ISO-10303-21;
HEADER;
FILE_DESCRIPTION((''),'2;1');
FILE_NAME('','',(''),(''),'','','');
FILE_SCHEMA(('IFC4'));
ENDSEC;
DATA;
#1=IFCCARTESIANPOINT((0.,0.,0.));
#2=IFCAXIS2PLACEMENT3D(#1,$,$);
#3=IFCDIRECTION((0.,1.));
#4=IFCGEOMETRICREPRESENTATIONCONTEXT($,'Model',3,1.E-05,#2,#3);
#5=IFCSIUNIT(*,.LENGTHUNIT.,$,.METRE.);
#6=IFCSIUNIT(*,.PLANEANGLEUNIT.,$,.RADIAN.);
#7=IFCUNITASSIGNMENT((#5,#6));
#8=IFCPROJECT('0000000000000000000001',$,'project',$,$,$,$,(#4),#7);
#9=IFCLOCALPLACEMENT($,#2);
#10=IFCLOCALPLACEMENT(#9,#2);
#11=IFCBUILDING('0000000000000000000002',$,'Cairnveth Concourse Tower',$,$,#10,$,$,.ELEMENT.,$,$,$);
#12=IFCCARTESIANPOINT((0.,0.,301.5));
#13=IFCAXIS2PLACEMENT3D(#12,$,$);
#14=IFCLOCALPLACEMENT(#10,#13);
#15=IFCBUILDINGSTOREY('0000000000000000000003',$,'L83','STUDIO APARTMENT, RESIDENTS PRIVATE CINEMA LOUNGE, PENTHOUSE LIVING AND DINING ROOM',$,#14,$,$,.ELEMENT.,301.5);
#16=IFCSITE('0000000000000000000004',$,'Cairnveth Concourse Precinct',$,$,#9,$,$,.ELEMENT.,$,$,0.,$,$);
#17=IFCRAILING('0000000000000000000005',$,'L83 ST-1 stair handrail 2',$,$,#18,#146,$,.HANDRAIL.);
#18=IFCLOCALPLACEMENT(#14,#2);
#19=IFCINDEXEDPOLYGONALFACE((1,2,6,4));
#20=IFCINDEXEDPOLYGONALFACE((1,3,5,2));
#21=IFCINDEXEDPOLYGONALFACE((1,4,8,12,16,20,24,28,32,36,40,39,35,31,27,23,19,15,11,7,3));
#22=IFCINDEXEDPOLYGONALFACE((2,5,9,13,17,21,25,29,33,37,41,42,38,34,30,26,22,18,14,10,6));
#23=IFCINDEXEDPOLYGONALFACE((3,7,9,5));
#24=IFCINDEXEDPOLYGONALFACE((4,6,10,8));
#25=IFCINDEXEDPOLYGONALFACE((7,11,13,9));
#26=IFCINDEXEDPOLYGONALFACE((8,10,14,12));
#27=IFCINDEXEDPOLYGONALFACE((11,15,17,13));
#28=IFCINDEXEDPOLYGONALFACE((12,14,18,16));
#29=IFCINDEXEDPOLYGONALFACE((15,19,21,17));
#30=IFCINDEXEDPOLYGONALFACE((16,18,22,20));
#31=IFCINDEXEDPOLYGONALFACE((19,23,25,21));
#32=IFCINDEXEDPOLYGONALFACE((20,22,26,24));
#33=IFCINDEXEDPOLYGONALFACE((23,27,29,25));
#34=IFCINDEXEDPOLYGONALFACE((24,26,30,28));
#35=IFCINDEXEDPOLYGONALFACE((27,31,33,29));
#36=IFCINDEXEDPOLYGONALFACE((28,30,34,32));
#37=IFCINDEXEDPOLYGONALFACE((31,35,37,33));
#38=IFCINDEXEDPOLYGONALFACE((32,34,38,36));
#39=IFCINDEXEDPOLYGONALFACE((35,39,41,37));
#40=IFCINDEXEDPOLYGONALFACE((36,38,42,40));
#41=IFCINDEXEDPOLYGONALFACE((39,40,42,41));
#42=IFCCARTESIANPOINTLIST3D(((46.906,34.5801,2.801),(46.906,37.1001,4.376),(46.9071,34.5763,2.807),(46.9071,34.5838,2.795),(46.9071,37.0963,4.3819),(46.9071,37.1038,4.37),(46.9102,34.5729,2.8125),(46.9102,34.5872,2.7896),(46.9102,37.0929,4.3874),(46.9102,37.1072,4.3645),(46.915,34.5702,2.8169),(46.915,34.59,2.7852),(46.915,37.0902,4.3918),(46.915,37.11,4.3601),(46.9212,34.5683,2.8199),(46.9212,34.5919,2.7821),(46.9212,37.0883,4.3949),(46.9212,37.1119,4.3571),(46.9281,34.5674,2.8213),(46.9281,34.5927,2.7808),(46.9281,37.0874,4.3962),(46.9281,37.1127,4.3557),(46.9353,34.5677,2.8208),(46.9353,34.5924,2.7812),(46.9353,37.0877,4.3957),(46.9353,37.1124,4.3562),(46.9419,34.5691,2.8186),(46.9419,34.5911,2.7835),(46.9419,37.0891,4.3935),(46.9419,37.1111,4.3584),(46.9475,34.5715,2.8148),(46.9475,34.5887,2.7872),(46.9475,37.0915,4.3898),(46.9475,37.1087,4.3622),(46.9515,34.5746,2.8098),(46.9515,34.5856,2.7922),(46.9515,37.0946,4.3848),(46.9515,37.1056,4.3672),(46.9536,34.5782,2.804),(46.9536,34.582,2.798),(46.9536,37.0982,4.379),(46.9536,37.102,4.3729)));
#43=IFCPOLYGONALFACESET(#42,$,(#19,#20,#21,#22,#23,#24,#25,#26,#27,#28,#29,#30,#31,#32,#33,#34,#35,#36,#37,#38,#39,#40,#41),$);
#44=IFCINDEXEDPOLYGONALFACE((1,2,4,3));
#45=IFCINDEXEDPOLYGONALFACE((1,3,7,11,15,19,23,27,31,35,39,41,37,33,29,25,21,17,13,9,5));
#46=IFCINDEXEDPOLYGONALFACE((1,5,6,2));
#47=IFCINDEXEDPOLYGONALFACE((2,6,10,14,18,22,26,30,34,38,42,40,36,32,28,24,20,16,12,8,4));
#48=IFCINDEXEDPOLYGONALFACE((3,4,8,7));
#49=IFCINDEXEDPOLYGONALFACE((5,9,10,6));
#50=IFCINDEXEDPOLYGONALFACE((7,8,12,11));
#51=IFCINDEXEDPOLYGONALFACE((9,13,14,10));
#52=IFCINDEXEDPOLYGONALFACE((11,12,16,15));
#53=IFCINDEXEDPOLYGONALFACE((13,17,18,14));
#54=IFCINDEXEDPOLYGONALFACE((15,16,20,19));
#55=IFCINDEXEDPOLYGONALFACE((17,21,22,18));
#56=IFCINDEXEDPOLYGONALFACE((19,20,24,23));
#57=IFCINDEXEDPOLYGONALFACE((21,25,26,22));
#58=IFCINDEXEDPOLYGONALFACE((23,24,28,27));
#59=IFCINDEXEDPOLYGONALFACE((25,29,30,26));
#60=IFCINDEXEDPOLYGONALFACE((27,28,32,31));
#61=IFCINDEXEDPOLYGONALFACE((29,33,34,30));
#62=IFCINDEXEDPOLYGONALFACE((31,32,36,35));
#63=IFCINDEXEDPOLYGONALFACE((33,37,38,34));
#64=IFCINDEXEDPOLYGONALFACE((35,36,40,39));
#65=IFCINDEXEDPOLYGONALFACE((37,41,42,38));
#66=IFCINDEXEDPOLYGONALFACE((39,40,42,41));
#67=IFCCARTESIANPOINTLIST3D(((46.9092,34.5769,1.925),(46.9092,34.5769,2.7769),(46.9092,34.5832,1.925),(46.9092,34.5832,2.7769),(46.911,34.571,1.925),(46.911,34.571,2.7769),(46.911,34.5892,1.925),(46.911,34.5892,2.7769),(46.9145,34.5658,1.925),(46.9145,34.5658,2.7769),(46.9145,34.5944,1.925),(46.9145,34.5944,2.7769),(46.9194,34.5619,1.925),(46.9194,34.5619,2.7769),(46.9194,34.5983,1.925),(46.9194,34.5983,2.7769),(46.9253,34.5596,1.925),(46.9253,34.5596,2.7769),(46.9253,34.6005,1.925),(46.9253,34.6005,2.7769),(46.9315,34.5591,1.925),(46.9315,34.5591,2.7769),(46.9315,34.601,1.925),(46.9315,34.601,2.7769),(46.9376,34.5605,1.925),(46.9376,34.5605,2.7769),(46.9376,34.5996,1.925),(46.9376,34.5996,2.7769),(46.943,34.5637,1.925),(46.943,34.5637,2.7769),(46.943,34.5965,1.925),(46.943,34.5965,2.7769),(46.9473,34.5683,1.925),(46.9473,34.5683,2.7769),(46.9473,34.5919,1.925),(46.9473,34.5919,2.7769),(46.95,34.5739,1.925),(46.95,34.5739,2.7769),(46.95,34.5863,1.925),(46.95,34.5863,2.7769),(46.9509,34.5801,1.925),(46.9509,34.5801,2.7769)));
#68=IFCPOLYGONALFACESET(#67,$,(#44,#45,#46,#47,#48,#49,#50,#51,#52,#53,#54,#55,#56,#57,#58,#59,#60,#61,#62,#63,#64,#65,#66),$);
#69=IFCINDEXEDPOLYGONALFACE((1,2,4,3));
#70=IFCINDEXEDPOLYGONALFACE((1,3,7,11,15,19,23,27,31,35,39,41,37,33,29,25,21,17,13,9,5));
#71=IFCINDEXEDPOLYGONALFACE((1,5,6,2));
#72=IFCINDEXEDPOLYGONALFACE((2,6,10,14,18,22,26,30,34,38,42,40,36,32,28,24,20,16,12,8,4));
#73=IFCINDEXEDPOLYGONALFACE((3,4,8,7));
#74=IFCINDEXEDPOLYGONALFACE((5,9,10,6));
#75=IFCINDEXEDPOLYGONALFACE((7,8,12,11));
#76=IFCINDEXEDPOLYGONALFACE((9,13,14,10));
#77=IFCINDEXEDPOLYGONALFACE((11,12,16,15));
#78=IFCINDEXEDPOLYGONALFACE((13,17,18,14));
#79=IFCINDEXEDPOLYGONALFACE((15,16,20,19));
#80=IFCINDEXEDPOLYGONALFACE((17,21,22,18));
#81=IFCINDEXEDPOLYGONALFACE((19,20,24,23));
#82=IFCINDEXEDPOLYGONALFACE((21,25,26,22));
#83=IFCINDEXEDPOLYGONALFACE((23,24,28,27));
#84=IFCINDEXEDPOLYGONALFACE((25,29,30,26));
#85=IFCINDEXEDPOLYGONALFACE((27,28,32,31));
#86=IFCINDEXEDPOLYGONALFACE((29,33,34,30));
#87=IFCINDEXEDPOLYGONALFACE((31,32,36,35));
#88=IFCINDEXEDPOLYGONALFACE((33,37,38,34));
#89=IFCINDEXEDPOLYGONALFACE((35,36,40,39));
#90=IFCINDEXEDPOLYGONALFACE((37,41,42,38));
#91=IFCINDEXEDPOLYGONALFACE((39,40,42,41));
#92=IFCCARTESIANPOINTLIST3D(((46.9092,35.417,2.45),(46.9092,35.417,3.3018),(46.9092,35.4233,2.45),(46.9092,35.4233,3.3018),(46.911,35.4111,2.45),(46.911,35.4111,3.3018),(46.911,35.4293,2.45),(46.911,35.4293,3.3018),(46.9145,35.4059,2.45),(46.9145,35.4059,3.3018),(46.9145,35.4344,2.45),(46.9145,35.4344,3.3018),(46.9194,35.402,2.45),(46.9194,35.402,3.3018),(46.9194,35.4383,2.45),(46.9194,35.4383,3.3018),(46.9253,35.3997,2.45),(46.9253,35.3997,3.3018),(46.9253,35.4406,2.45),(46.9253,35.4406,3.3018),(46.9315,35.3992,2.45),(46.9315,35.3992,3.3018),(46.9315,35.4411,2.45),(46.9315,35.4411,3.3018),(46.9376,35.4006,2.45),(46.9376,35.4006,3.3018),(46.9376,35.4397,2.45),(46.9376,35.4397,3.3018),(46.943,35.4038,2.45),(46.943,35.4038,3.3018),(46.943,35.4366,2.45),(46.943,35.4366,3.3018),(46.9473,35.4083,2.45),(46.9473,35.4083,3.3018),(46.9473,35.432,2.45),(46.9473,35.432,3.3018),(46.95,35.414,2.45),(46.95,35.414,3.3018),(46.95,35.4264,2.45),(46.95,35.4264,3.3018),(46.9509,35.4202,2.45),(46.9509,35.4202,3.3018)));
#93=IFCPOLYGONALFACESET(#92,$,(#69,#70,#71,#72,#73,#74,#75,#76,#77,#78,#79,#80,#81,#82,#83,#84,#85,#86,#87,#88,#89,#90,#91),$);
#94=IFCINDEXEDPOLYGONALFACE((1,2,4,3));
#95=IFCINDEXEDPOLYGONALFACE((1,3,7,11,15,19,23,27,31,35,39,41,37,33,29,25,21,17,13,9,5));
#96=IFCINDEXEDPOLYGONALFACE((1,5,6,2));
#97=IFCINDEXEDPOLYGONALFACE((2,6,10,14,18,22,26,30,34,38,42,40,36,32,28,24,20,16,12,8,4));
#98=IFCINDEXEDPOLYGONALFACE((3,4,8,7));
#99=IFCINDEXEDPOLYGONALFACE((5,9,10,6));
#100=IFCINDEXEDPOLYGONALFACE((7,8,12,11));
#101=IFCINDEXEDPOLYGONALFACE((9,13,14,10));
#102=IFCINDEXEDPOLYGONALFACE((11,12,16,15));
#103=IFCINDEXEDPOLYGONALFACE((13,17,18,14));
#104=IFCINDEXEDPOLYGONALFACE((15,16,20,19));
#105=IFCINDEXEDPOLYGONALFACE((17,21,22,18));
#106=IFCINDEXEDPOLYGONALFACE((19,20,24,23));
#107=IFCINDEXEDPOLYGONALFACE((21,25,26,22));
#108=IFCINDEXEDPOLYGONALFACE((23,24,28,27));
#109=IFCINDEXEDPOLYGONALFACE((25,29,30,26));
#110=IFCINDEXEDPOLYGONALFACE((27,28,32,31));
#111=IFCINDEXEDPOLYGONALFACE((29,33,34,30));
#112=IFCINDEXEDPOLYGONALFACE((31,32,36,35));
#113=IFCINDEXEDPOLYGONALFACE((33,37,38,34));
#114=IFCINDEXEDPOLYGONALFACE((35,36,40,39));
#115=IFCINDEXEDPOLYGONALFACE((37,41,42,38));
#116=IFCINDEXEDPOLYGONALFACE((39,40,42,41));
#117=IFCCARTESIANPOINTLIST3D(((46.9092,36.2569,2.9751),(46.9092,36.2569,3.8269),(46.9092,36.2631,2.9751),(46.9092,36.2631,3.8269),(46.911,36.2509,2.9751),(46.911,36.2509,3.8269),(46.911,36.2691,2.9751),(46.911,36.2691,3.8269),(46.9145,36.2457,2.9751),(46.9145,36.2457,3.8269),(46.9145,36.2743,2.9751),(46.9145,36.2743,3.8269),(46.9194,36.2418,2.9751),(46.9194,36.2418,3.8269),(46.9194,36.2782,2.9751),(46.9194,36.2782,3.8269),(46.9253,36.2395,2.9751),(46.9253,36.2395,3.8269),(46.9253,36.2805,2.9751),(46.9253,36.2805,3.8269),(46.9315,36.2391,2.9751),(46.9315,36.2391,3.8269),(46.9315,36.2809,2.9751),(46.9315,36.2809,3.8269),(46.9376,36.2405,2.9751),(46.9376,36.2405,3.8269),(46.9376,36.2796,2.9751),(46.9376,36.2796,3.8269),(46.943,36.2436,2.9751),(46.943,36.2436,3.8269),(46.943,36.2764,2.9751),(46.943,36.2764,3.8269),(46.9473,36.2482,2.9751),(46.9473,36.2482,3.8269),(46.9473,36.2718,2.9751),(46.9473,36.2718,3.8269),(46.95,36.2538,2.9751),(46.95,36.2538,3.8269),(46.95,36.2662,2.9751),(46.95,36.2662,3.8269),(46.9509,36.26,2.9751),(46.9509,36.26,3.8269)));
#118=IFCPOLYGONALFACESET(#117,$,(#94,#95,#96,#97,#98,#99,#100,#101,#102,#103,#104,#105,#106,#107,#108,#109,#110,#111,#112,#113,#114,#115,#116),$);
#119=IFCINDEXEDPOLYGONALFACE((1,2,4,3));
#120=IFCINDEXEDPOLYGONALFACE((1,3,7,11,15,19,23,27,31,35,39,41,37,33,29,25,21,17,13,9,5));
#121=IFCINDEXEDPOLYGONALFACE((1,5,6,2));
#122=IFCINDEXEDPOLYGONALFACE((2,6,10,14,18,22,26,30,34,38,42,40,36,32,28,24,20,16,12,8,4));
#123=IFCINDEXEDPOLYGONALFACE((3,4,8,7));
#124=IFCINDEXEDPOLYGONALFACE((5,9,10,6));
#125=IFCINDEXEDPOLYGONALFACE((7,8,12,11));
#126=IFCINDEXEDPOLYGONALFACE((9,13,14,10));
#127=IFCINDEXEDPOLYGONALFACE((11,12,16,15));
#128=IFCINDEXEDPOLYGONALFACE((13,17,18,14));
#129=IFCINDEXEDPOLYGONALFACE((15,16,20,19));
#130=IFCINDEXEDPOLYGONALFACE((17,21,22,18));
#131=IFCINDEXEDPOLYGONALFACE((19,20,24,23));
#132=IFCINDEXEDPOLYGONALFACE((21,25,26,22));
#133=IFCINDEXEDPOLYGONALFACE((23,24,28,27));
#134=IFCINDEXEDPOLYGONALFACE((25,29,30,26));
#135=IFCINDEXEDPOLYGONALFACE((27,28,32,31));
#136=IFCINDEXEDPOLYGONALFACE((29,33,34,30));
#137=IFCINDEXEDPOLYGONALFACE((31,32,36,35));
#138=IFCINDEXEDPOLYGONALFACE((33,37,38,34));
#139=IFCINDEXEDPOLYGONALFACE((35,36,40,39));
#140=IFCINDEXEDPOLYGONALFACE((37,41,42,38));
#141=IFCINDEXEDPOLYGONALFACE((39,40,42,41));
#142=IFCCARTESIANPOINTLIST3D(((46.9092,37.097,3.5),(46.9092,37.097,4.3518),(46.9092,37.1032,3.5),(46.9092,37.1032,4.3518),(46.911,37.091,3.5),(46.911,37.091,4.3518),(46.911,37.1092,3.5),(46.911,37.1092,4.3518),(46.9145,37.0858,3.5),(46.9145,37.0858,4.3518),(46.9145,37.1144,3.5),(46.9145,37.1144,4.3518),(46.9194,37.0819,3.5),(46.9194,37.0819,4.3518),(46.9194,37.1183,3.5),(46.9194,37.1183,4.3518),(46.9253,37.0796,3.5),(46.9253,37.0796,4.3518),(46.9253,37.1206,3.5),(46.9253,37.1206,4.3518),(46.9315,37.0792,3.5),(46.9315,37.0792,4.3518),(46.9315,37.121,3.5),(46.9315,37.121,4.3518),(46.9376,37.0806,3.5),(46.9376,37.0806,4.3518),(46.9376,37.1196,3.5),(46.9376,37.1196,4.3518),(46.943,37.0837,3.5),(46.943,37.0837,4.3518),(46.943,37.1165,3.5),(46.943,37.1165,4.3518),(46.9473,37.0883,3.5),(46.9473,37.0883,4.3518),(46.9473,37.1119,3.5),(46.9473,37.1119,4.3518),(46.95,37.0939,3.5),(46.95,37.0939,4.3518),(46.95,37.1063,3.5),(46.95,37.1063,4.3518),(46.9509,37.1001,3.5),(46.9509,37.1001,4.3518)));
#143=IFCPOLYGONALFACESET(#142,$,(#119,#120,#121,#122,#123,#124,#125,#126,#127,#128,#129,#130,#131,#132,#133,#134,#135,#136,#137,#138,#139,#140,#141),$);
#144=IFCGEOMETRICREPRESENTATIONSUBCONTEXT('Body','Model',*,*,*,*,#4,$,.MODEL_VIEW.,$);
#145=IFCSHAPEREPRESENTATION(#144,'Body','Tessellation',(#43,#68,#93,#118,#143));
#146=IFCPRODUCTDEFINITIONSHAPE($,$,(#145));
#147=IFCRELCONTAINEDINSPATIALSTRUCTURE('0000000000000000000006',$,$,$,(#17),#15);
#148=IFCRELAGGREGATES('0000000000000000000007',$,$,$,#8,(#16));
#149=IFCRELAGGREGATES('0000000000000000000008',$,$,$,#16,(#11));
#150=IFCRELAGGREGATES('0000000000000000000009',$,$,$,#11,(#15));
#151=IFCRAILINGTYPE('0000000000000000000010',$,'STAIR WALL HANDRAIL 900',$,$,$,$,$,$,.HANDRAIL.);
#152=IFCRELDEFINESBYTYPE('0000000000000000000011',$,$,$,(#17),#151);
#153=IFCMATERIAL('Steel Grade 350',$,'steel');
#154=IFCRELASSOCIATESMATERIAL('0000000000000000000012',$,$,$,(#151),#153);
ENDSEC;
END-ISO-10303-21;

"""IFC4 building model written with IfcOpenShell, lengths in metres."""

from ifc_helpers import new_model, si_unit, direction, frame, origin, origin_2d, place, context, subcontext, project, spatial, circle, extrude, material, type_object, element, save


model = new_model("IFC4")

# Units and contexts
model_context = context("Model", 3, precision=1e-05, world=origin(), true_north=direction((0.0, 1.0)))
body_context = subcontext(model_context, "Body", "Model", "MODEL_VIEW")
ifc_project = project(units=[si_unit("LENGTHUNIT", "METRE"), si_unit("PLANEANGLEUNIT", "RADIAN")], contexts=[model_context])

# Site, building, storey
site_placement = place(None, origin())
site = spatial("IfcSite", under=ifc_project, at=site_placement, Name="Cairnveth Concourse Precinct", CompositionType="ELEMENT", RefElevation=0.0)
building_placement = place(site_placement, origin())
building = spatial("IfcBuilding", under=site, at=building_placement, Name="Cairnveth Concourse Tower", CompositionType="ELEMENT")
storey_placement = place(building_placement, frame((0.0, 0.0, 301.5)))
storey = spatial("IfcBuildingStorey", under=building, at=storey_placement, Name="L83", Description="STUDIO APARTMENT, RESIDENTS PRIVATE CINEMA LOUNGE, PENTHOUSE LIVING AND DINING ROOM", CompositionType="ELEMENT", Elevation=301.5)

# Shared definitions
ifc_material_1 = material(Name="Steel Grade 350", Category="steel")

# Railing
railing_type_1 = type_object("IfcRailingType", Name="STAIR WALL HANDRAIL 900", PredefinedType="HANDRAIL", material=ifc_material_1)
railing_1_placement = place(storey_placement, frame((46.9299, 34.5801, 1.925)))
element("IfcRailing", 1, at=railing_1_placement, inside=storey, type_object=railing_type_1, Name="L83 ST-1 stair handrail 2", PredefinedType="HANDRAIL", context=body_context, shape_type="SweptSolid", body=[
    extrude(circle(Radius=0.0239, at=origin_2d()), frame((0.0, 0.0, 0.876), z_axis=(0.0, 0.848008, 0.529984), x_axis=(-1.0, 0.0, 0.0)), (0.0, 0.0, 1.0), 2.9717),
    extrude(circle(Radius=0.021, at=origin_2d()), origin(), (0.0, 0.0, 1.0), 0.8518),
    extrude(circle(Radius=0.021, at=origin_2d()), frame((0.0, 0.8401, 0.5249)), (0.0, 0.0, 1.0), 0.8518),
    extrude(circle(Radius=0.021, at=origin_2d()), frame((0.0, 1.6799, 1.05)), (0.0, 0.0, 1.0), 0.8518),
    extrude(circle(Radius=0.021, at=origin_2d()), frame((0.0, 2.52, 1.575)), (0.0, 0.0, 1.0), 0.8518),
])

save(model, "model.ifc")
